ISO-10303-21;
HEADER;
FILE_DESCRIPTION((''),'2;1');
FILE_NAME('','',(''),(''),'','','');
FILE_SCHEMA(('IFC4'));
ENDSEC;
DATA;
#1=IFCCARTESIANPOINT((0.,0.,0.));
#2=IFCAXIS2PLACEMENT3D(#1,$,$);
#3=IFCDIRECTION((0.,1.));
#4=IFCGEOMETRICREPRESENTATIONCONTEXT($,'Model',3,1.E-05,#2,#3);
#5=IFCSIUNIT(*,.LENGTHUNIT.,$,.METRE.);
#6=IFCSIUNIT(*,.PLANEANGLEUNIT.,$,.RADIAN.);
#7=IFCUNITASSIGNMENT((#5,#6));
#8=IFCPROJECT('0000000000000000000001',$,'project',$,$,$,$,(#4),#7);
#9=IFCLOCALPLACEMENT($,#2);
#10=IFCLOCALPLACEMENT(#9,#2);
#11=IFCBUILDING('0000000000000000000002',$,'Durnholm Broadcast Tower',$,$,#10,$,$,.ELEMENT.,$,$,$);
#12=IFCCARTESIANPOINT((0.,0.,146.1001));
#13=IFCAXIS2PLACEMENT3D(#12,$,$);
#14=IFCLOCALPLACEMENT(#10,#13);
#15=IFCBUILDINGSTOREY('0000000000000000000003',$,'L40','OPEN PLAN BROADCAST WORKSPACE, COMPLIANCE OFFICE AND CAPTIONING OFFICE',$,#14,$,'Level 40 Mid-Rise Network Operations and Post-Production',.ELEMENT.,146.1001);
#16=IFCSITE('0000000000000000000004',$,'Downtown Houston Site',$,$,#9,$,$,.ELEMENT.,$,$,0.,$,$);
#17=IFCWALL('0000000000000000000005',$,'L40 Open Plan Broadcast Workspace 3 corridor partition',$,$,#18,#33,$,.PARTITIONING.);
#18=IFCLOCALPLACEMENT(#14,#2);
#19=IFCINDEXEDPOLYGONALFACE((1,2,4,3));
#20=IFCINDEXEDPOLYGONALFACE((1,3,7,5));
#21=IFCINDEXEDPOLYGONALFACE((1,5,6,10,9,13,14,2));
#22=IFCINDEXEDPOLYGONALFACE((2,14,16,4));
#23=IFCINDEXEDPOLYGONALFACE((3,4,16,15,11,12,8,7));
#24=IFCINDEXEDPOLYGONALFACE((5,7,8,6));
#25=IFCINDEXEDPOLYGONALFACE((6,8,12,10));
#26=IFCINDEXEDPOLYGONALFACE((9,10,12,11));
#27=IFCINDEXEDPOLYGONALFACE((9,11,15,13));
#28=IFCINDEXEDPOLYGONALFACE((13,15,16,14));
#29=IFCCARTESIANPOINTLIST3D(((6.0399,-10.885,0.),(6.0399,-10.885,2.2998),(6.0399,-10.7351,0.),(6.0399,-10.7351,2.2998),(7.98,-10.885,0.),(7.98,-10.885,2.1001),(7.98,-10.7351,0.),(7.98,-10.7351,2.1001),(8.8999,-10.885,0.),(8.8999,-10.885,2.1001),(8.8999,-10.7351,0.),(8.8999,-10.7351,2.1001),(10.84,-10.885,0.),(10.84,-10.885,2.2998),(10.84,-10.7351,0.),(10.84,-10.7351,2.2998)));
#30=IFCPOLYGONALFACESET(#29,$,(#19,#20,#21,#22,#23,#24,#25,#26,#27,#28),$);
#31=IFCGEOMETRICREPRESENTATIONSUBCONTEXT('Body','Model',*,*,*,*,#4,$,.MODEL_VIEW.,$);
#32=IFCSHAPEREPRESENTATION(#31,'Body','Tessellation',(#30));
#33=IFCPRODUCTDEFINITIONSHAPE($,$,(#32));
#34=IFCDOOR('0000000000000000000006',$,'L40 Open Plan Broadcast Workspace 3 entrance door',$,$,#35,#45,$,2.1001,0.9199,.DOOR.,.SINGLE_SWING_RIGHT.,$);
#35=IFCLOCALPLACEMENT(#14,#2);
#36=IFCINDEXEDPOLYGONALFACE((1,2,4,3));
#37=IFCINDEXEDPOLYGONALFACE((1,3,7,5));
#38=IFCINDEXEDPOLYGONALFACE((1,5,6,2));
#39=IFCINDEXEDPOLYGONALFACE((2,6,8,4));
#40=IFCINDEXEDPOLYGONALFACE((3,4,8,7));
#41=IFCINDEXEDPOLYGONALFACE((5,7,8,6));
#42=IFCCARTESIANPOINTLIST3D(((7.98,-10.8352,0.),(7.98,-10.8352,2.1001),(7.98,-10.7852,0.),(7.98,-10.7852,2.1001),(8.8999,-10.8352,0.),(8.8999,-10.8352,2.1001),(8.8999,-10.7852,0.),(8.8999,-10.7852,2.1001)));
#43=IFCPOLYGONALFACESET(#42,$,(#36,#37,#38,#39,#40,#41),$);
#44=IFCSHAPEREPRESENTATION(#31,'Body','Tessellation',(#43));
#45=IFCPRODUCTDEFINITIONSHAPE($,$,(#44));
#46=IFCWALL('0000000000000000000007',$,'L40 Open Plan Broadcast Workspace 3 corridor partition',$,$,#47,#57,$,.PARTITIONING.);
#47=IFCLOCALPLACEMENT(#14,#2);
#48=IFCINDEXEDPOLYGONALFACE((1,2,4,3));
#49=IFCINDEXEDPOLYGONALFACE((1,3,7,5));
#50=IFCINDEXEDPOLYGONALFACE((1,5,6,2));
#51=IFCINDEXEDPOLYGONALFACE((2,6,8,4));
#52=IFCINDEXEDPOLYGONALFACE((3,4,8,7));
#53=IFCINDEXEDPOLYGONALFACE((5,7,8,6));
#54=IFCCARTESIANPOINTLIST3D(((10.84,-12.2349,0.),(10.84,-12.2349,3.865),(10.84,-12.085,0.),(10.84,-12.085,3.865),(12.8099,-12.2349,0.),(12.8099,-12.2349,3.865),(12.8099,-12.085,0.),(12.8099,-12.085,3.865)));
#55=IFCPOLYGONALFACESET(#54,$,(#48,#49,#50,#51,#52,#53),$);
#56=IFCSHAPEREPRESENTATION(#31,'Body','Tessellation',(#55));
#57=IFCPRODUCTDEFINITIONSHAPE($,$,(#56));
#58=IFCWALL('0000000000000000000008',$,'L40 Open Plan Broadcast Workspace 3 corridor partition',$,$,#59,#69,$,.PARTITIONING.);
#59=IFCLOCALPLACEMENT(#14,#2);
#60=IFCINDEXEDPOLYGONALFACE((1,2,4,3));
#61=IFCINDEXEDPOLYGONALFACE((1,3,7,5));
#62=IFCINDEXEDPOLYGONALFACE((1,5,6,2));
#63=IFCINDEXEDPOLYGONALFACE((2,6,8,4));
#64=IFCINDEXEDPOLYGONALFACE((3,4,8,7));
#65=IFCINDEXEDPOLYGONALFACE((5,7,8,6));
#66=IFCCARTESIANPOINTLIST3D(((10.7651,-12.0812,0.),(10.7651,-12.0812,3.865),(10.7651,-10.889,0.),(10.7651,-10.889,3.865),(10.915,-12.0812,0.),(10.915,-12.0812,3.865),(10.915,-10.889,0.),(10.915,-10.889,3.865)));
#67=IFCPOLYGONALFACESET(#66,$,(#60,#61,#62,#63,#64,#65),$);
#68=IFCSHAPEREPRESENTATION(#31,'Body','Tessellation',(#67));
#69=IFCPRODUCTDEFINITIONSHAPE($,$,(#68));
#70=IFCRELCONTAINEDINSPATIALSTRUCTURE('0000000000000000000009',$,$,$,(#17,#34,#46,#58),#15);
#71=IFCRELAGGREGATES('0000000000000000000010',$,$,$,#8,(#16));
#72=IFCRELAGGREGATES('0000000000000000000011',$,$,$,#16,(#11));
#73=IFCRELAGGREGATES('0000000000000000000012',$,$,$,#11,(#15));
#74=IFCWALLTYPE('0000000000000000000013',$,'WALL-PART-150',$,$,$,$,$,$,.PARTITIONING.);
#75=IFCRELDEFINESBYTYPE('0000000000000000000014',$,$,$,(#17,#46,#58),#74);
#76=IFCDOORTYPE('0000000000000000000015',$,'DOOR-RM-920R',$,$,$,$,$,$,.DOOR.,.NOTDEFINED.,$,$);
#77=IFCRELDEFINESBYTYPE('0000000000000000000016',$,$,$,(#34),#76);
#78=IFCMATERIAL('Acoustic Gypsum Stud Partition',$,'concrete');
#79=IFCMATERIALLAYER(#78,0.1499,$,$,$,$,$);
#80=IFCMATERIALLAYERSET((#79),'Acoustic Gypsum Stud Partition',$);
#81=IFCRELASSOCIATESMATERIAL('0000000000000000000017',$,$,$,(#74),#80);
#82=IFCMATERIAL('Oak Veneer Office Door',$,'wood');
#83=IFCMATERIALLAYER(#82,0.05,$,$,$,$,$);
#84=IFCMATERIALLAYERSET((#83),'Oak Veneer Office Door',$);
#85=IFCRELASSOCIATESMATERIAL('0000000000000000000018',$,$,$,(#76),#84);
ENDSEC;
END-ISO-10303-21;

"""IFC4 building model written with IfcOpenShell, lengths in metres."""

from ifc_helpers import new_model, si_unit, direction, frame, frame_2d, origin, place, context, subcontext, project, spatial, rectangle, extrude, source, transform, mapped, material, layer, layer_set, type_object, type_shapes, element, fill, save


model = new_model("IFC4")

# Units and contexts
model_context = context("Model", 3, precision=1e-05, world=origin(), true_north=direction((0.0, 1.0)))
body_context = subcontext(model_context, "Body", "Model", "MODEL_VIEW")
ifc_project = project(units=[si_unit("LENGTHUNIT", "METRE"), si_unit("PLANEANGLEUNIT", "RADIAN")], contexts=[model_context])

# Site, building, storey
site_placement = place(None, origin())
site = spatial("IfcSite", under=ifc_project, at=site_placement, Name="Downtown Houston Site", CompositionType="ELEMENT", RefElevation=0.0)
building_placement = place(site_placement, origin())
building = spatial("IfcBuilding", under=site, at=building_placement, Name="Durnholm Broadcast Tower", CompositionType="ELEMENT")
storey_placement = place(building_placement, frame((0.0, 0.0, 146.1001)))
storey = spatial("IfcBuildingStorey", under=building, at=storey_placement, Name="L40", Description="OPEN PLAN BROADCAST WORKSPACE, COMPLIANCE OFFICE AND CAPTIONING OFFICE", LongName="Level 40 Mid-Rise Network Operations and Post-Production", CompositionType="ELEMENT", Elevation=146.1001)

# Wall, opening, door
ifc_material_1 = material(Name="Acoustic Gypsum Stud Partition", Category="concrete")
ifc_layer_1 = layer(ifc_material_1, 0.1499)
ifc_layer_set_1 = layer_set([ifc_layer_1], Name="Acoustic Gypsum Stud Partition")
wall_type_1 = type_object("IfcWallType", Name="WALL-PART-150", PredefinedType="PARTITIONING", material=ifc_layer_set_1)
wall_1_placement = place(storey_placement, frame((6.04, -10.8101, 0.0), z_axis=(0.0, 0.0, 1.0), x_axis=(1.0, 0.0, 0.0)))
wall_1 = element("IfcWall", 1, at=wall_1_placement, inside=storey, type_object=wall_type_1, Name="L40 Open Plan Broadcast Workspace 3 corridor partition", PredefinedType="PARTITIONING", context=body_context, shape_type="SweptSolid", body=[
    extrude(rectangle(XDim=4.8, YDim=0.1499, at=frame_2d((2.3999, 0.0))), origin(), (0.0, 0.0, 1.0), 2.2998),
])
opening_placement = place(wall_1_placement, frame((1.9399, 0.0, 0.0)))
opening = element("IfcOpeningElement", 2, at=opening_placement, cuts=wall_1, PredefinedType="OPENING", context=body_context, shape_type="SweptSolid", body=[
    extrude(rectangle(XDim=0.9199, YDim=2.1001, at=frame_2d((0.46, 1.05))), frame((0.0, 0.085, 0.0), z_axis=(0.0, -1.0, 0.0), x_axis=(1.0, 0.0, 0.0)), (0.0, 0.0, 1.0), 0.1699),
])
ifc_material_2 = material(Name="Oak Veneer Office Door", Category="wood")
ifc_layer_2 = layer(ifc_material_2, 0.05)
ifc_layer_set_2 = layer_set([ifc_layer_2], Name="Oak Veneer Office Door")
door_type = type_object("IfcDoorType", Name="DOOR-RM-920R", OperationType="NOTDEFINED", PredefinedType="DOOR", material=ifc_layer_set_2)
shared_shape_1 = source(origin(), body_context, "Body", "SweptSolid", [
    extrude(rectangle(XDim=0.9199, YDim=2.1001, at=frame_2d((0.46, 1.05))), frame((0.0, 0.0249, 0.0), z_axis=(0.0, -1.0, 0.0), x_axis=(1.0, 0.0, 0.0)), (0.0, 0.0, 1.0), 0.05),
])
type_shapes(door_type, [shared_shape_1])
door_placement = place(opening_placement, origin())
door = element("IfcDoor", 3, at=door_placement, inside=storey, type_object=door_type, Name="L40 Open Plan Broadcast Workspace 3 entrance door", OperationType="SINGLE_SWING_RIGHT", OverallHeight=2.1001, OverallWidth=0.9199, PredefinedType="DOOR", context=body_context, shape_type="MappedRepresentation", body=[
    mapped(shared_shape_1, transform((0.0, 0.0, 0.0), x_axis=(1.0, 0.0, 0.0), y_axis=(0.0, 1.0, 0.0), z_axis=(0.0, 0.0, 1.0), scale=1.0)),
])
fill(opening, door)

# Walls
wall_2_placement = place(storey_placement, frame((10.8401, -12.1599, 0.0), z_axis=(0.0, 0.0, 1.0), x_axis=(1.0, 0.0, 0.0)))
element("IfcWall", 4, at=wall_2_placement, inside=storey, type_object=wall_type_1, Name="L40 Open Plan Broadcast Workspace 3 corridor partition", PredefinedType="PARTITIONING", context=body_context, shape_type="SweptSolid", body=[
    extrude(rectangle(XDim=1.97, YDim=0.1499, at=frame_2d((0.9849, 0.0))), origin(), (0.0, 0.0, 1.0), 3.865),
])
wall_3_placement = place(storey_placement, frame((10.8401, -10.8889, 0.0), z_axis=(0.0, 0.0, 1.0), x_axis=(0.0, -1.0, 0.0)))
element("IfcWall", 5, at=wall_3_placement, inside=storey, type_object=wall_type_1, Name="L40 Open Plan Broadcast Workspace 3 corridor partition", PredefinedType="PARTITIONING", context=body_context, shape_type="SweptSolid", body=[
    extrude(rectangle(XDim=1.1921, YDim=0.1499, at=frame_2d((0.5962, 0.0))), origin(), (0.0, 0.0, 1.0), 3.865),
])

save(model, "model.ifc")
